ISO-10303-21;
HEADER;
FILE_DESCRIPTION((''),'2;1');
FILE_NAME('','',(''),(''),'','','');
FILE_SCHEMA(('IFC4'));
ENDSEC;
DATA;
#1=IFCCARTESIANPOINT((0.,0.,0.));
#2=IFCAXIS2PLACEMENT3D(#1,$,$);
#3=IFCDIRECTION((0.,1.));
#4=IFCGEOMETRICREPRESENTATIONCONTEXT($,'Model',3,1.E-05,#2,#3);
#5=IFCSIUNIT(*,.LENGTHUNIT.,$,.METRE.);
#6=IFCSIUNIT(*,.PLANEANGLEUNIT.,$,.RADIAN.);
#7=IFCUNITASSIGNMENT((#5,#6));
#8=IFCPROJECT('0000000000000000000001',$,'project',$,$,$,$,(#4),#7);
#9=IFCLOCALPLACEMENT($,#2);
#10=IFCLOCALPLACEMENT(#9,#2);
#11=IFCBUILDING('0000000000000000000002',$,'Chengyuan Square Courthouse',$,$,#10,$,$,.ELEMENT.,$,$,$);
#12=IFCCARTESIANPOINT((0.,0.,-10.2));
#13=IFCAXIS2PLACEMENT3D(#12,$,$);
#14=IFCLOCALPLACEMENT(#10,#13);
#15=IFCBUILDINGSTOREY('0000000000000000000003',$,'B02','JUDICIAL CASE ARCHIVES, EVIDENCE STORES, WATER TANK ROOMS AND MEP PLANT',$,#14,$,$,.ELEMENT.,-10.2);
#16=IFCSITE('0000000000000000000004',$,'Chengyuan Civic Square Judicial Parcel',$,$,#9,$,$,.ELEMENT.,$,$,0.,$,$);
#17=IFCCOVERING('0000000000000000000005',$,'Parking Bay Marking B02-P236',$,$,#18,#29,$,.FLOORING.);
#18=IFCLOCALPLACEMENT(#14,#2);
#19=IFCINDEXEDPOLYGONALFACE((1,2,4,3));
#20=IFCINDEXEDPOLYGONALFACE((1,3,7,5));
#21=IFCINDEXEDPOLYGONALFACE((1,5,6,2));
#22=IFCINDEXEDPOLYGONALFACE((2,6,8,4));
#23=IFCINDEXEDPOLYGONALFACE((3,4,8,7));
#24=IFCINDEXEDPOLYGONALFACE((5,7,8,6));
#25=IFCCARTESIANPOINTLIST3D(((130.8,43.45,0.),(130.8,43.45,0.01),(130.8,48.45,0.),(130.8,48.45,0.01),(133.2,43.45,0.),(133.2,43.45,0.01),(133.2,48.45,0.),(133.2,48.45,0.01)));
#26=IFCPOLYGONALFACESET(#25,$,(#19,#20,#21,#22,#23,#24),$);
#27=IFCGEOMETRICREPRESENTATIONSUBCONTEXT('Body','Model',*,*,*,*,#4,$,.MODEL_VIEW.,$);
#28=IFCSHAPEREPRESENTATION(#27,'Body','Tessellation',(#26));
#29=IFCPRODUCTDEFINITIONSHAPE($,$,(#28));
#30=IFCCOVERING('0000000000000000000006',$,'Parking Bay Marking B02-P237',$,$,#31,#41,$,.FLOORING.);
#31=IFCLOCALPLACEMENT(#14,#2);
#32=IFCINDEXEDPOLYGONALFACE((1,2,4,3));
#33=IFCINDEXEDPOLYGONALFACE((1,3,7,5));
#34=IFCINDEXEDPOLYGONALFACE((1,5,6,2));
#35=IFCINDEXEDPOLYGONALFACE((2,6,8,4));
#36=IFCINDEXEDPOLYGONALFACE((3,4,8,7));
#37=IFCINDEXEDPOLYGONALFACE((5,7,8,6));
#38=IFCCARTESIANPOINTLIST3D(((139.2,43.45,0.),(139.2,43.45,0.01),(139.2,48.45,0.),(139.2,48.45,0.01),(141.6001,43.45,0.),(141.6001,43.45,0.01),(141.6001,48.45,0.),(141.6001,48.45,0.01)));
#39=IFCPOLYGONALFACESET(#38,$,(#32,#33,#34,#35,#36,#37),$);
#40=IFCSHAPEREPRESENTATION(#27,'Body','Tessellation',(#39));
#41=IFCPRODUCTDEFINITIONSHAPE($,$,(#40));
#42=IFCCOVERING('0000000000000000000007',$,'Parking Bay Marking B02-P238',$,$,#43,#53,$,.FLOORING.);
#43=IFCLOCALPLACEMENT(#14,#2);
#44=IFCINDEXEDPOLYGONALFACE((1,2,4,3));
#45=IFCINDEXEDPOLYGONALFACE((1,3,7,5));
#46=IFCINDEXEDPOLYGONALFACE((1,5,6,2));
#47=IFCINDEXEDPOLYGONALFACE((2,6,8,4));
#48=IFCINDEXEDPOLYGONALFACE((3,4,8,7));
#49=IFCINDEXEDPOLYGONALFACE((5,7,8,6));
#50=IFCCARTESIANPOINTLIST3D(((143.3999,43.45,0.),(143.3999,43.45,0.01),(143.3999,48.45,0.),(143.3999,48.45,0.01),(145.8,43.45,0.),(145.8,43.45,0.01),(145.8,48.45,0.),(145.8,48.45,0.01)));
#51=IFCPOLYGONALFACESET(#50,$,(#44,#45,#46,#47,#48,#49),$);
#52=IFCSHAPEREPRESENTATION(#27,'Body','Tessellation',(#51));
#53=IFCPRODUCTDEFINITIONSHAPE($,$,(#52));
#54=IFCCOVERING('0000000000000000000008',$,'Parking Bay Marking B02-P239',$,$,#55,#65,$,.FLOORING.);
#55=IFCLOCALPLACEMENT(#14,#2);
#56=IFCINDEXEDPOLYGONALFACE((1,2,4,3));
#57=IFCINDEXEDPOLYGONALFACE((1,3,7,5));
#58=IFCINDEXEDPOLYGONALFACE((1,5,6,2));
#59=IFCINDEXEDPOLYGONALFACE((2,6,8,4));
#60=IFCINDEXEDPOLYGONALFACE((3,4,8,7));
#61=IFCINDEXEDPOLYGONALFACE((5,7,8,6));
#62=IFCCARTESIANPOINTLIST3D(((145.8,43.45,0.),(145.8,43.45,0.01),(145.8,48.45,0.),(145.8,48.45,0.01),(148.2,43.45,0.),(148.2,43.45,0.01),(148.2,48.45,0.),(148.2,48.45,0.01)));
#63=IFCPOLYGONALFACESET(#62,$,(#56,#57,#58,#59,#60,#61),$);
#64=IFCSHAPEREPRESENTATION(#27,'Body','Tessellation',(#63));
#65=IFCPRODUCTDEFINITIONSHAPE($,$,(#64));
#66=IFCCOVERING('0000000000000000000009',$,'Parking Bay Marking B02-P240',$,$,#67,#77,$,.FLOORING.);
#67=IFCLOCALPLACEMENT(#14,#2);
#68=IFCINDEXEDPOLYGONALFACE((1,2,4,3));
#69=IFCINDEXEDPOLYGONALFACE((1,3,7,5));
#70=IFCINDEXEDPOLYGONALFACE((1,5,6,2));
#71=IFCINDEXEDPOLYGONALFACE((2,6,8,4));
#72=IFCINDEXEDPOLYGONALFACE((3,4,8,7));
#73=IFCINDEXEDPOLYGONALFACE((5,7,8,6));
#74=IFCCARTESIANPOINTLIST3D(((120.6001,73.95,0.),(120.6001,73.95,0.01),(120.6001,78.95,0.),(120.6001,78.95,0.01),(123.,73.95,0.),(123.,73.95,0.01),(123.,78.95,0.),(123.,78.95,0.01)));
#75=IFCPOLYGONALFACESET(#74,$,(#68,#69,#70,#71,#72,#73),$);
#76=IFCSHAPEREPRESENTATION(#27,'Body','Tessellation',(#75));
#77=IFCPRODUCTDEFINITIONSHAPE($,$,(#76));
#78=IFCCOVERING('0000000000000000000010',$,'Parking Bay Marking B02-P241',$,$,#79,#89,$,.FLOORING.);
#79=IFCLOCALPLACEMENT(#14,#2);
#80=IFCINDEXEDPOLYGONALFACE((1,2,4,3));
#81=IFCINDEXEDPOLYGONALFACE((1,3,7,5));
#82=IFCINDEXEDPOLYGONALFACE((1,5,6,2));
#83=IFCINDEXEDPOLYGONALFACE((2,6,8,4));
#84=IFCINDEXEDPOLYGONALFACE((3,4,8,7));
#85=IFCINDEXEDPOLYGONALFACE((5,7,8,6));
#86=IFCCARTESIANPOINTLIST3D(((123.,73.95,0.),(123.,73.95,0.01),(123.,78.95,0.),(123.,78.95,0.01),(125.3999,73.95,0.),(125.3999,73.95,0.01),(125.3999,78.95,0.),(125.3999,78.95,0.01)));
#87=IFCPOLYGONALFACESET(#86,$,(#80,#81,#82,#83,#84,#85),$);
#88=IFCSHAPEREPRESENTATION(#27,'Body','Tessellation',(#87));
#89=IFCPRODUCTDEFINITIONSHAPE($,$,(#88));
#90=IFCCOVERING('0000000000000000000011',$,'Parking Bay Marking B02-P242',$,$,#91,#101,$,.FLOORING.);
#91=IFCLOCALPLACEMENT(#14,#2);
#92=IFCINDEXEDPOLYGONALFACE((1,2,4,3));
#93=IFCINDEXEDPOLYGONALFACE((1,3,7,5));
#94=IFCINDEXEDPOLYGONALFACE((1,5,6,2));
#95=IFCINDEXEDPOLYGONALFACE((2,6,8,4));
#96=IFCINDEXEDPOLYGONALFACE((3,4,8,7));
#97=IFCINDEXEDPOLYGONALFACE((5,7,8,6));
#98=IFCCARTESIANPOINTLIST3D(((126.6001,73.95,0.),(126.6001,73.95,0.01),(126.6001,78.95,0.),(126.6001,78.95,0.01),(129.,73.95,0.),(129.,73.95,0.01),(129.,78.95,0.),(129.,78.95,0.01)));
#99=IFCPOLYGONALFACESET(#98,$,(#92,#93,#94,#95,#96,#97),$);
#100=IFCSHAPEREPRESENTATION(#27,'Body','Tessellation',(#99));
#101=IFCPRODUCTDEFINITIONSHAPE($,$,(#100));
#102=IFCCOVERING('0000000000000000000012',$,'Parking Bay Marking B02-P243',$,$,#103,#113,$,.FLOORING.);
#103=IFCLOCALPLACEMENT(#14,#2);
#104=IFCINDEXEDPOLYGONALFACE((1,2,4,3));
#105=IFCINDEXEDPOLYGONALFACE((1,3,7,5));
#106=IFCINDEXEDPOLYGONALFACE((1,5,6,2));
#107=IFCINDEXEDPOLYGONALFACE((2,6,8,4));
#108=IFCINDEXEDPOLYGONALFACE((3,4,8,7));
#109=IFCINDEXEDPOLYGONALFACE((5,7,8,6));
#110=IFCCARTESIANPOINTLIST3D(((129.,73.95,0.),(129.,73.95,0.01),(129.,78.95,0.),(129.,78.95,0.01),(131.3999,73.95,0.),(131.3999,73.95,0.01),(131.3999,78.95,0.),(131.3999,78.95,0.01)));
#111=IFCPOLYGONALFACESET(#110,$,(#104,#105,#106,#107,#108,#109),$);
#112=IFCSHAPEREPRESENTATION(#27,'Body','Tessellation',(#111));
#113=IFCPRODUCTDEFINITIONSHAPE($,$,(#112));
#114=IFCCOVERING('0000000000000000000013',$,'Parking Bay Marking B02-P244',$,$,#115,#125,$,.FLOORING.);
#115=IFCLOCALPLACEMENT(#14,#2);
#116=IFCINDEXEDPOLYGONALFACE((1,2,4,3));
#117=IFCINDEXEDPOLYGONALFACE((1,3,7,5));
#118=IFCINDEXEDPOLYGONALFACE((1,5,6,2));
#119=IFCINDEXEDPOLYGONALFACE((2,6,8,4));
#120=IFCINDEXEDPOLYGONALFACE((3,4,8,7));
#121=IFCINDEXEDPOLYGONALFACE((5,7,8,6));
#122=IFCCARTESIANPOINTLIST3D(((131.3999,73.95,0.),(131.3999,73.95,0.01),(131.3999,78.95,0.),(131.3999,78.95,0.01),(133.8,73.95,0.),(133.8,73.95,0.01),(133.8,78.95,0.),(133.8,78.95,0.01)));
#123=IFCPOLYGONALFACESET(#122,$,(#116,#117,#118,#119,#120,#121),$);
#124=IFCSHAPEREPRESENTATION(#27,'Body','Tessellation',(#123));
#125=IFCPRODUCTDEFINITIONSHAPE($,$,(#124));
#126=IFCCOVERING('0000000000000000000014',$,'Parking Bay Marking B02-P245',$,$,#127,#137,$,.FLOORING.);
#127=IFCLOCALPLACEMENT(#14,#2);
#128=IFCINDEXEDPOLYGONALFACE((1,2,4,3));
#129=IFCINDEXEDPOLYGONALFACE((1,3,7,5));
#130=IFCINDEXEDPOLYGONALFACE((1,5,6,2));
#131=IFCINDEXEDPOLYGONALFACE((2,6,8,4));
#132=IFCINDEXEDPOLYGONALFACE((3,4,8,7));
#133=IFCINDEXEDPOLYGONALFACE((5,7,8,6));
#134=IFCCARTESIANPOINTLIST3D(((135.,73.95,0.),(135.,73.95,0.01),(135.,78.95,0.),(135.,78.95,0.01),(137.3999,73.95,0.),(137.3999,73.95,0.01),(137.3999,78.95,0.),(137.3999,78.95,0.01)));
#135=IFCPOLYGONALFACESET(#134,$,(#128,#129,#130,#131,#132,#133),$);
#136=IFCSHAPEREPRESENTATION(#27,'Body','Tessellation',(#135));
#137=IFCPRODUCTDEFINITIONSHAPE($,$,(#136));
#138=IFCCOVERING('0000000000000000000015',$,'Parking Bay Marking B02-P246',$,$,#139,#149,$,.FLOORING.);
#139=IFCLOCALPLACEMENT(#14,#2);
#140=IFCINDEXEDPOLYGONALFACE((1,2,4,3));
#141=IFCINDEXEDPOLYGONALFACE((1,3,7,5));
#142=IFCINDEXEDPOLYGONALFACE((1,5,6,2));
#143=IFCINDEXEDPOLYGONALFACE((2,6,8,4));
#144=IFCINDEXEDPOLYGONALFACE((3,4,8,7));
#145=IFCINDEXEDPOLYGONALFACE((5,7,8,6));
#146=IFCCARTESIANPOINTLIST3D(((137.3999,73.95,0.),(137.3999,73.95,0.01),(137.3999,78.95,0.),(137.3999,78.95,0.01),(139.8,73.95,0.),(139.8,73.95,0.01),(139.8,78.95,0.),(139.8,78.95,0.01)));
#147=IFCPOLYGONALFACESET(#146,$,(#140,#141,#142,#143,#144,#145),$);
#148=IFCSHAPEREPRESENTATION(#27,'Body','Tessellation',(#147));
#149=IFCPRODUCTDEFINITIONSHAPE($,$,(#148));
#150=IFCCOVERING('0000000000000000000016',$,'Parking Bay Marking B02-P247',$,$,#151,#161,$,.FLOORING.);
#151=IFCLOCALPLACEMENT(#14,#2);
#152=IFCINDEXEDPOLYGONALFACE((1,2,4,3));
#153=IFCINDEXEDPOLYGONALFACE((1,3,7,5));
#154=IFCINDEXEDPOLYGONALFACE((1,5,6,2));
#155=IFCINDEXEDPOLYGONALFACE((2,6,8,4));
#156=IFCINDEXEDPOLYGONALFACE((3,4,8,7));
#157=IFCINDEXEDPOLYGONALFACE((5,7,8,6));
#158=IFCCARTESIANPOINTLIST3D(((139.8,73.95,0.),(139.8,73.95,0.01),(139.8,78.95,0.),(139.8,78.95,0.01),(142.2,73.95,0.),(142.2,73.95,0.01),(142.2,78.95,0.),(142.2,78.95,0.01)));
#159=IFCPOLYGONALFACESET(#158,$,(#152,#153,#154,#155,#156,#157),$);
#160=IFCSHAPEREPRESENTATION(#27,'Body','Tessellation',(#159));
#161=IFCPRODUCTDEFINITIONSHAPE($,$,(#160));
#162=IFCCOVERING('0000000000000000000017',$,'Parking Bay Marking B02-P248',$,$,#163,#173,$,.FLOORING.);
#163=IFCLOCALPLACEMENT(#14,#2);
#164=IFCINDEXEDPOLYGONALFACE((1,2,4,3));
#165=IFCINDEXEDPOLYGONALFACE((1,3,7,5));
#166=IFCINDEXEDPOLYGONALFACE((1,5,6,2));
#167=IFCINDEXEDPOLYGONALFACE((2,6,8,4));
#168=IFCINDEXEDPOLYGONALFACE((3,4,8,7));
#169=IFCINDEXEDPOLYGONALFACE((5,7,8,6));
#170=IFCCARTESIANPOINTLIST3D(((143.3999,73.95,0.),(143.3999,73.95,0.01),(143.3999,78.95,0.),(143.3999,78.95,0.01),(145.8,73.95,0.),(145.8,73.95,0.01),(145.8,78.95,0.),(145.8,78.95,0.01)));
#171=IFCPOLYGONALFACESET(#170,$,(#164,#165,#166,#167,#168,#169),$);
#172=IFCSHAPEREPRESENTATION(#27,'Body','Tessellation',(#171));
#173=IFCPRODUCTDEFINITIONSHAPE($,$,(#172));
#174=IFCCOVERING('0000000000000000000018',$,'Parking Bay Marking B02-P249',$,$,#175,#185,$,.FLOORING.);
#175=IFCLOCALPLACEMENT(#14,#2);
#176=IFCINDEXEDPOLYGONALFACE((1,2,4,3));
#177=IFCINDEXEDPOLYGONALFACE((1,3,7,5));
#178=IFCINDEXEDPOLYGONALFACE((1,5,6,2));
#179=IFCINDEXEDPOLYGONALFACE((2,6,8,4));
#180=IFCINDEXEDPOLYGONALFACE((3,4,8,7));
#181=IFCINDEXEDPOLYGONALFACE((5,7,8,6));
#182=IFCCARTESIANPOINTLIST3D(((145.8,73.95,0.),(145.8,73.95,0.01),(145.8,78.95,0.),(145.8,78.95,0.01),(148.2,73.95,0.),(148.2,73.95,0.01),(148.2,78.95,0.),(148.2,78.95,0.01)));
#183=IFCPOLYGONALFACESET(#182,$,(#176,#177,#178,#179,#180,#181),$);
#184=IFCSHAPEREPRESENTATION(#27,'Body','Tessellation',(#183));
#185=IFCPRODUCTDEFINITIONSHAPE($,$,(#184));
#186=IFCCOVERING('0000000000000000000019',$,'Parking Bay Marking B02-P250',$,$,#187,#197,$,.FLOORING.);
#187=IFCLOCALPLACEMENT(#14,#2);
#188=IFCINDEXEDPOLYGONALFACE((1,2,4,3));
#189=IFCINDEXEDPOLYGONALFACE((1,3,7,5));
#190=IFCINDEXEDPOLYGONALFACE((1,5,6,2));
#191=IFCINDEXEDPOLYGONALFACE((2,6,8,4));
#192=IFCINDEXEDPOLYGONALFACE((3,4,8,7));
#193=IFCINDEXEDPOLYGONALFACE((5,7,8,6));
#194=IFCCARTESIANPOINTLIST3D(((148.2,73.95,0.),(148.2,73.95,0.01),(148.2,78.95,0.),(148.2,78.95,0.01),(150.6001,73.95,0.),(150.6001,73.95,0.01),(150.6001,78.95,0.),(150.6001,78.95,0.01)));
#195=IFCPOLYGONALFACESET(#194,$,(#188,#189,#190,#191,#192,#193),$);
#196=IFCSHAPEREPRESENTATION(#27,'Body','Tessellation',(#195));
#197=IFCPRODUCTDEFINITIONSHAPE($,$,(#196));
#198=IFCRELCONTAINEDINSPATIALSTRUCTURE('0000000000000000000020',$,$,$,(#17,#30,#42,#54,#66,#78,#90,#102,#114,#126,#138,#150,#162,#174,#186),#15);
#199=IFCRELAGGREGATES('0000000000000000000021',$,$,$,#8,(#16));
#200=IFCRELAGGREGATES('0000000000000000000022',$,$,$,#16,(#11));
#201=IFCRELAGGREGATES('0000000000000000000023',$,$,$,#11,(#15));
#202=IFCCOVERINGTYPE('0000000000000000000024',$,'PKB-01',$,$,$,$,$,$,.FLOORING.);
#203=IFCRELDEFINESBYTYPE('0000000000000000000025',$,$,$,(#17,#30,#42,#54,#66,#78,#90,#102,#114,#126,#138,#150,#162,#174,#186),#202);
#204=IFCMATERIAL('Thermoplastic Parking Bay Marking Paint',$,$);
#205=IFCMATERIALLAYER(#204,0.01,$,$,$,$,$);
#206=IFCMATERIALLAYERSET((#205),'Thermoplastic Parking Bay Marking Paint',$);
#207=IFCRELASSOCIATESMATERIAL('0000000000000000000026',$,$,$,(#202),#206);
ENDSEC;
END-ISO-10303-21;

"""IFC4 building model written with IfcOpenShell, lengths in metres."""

from ifc_helpers import new_model, si_unit, direction, frame, origin, place, context, subcontext, project, spatial, polyline, outline, extrude, material, layer, layer_set, type_object, element, save


model = new_model("IFC4")

# Units and contexts
model_context = context("Model", 3, precision=1e-05, world=origin(), true_north=direction((0.0, 1.0)))
body_context = subcontext(model_context, "Body", "Model", "MODEL_VIEW")
ifc_project = project(units=[si_unit("LENGTHUNIT", "METRE"), si_unit("PLANEANGLEUNIT", "RADIAN")], contexts=[model_context])

# Site, building, storey
site_placement = place(None, origin())
site = spatial("IfcSite", under=ifc_project, at=site_placement, Name="Chengyuan Civic Square Judicial Parcel", CompositionType="ELEMENT", RefElevation=0.0)
building_placement = place(site_placement, origin())
building = spatial("IfcBuilding", under=site, at=building_placement, Name="Chengyuan Square Courthouse", CompositionType="ELEMENT")
storey_placement = place(building_placement, frame((0.0, 0.0, -10.2)))
storey = spatial("IfcBuildingStorey", under=building, at=storey_placement, Name="B02", Description="JUDICIAL CASE ARCHIVES, EVIDENCE STORES, WATER TANK ROOMS AND MEP PLANT", CompositionType="ELEMENT", Elevation=-10.2)

# Coverings
ifc_material_1 = material(Name="Thermoplastic Parking Bay Marking Paint")
ifc_layer_1 = layer(ifc_material_1, 0.01)
ifc_layer_set_1 = layer_set([ifc_layer_1], Name="Thermoplastic Parking Bay Marking Paint")
covering_type_1 = type_object("IfcCoveringType", Name="PKB-01", PredefinedType="FLOORING", material=ifc_layer_set_1)
covering_1_placement = place(storey_placement, origin())
element("IfcCovering", 1, at=covering_1_placement, inside=storey, type_object=covering_type_1, Name="Parking Bay Marking B02-P236", PredefinedType="FLOORING", context=body_context, shape_type="SweptSolid", body=[
    extrude(outline(polyline([(130.8, 43.45), (133.2, 43.45), (133.2, 48.45), (130.8, 48.45), (130.8, 43.45)])), origin(), (0.0, 0.0, 1.0), 0.01),
])
covering_2_placement = place(storey_placement, origin())
element("IfcCovering", 2, at=covering_2_placement, inside=storey, type_object=covering_type_1, Name="Parking Bay Marking B02-P237", PredefinedType="FLOORING", context=body_context, shape_type="SweptSolid", body=[
    extrude(outline(polyline([(139.2, 43.45), (141.6001, 43.45), (141.6001, 48.45), (139.2, 48.45), (139.2, 43.45)])), origin(), (0.0, 0.0, 1.0), 0.01),
])
covering_3_placement = place(storey_placement, origin())
element("IfcCovering", 3, at=covering_3_placement, inside=storey, type_object=covering_type_1, Name="Parking Bay Marking B02-P238", PredefinedType="FLOORING", context=body_context, shape_type="SweptSolid", body=[
    extrude(outline(polyline([(143.3999, 43.45), (145.8, 43.45), (145.8, 48.45), (143.3999, 48.45), (143.3999, 43.45)])), origin(), (0.0, 0.0, 1.0), 0.01),
])
covering_4_placement = place(storey_placement, origin())
element("IfcCovering", 4, at=covering_4_placement, inside=storey, type_object=covering_type_1, Name="Parking Bay Marking B02-P239", PredefinedType="FLOORING", context=body_context, shape_type="SweptSolid", body=[
    extrude(outline(polyline([(145.8, 43.45), (148.2, 43.45), (148.2, 48.45), (145.8, 48.45), (145.8, 43.45)])), origin(), (0.0, 0.0, 1.0), 0.01),
])
covering_5_placement = place(storey_placement, origin())
element("IfcCovering", 5, at=covering_5_placement, inside=storey, type_object=covering_type_1, Name="Parking Bay Marking B02-P240", PredefinedType="FLOORING", context=body_context, shape_type="SweptSolid", body=[
    extrude(outline(polyline([(120.6001, 73.95), (123.0, 73.95), (123.0, 78.95), (120.6001, 78.95), (120.6001, 73.95)])), origin(), (0.0, 0.0, 1.0), 0.01),
])
covering_6_placement = place(storey_placement, origin())
element("IfcCovering", 6, at=covering_6_placement, inside=storey, type_object=covering_type_1, Name="Parking Bay Marking B02-P241", PredefinedType="FLOORING", context=body_context, shape_type="SweptSolid", body=[
    extrude(outline(polyline([(123.0, 73.95), (125.3999, 73.95), (125.3999, 78.95), (123.0, 78.95), (123.0, 73.95)])), origin(), (0.0, 0.0, 1.0), 0.01),
])
covering_7_placement = place(storey_placement, origin())
element("IfcCovering", 7, at=covering_7_placement, inside=storey, type_object=covering_type_1, Name="Parking Bay Marking B02-P242", PredefinedType="FLOORING", context=body_context, shape_type="SweptSolid", body=[
    extrude(outline(polyline([(126.6001, 73.95), (129.0, 73.95), (129.0, 78.95), (126.6001, 78.95), (126.6001, 73.95)])), origin(), (0.0, 0.0, 1.0), 0.01),
])
covering_8_placement = place(storey_placement, origin())
element("IfcCovering", 8, at=covering_8_placement, inside=storey, type_object=covering_type_1, Name="Parking Bay Marking B02-P243", PredefinedType="FLOORING", context=body_context, shape_type="SweptSolid", body=[
    extrude(outline(polyline([(129.0, 73.95), (131.3999, 73.95), (131.3999, 78.95), (129.0, 78.95), (129.0, 73.95)])), origin(), (0.0, 0.0, 1.0), 0.01),
])
covering_9_placement = place(storey_placement, origin())
element("IfcCovering", 9, at=covering_9_placement, inside=storey, type_object=covering_type_1, Name="Parking Bay Marking B02-P244", PredefinedType="FLOORING", context=body_context, shape_type="SweptSolid", body=[
    extrude(outline(polyline([(131.3999, 73.95), (133.8, 73.95), (133.8, 78.95), (131.3999, 78.95), (131.3999, 73.95)])), origin(), (0.0, 0.0, 1.0), 0.01),
])
covering_10_placement = place(storey_placement, origin())
element("IfcCovering", 10, at=covering_10_placement, inside=storey, type_object=covering_type_1, Name="Parking Bay Marking B02-P245", PredefinedType="FLOORING", context=body_context, shape_type="SweptSolid", body=[
    extrude(outline(polyline([(135.0, 73.95), (137.3999, 73.95), (137.3999, 78.95), (135.0, 78.95), (135.0, 73.95)])), origin(), (0.0, 0.0, 1.0), 0.01),
])
covering_11_placement = place(storey_placement, origin())
element("IfcCovering", 11, at=covering_11_placement, inside=storey, type_object=covering_type_1, Name="Parking Bay Marking B02-P246", PredefinedType="FLOORING", context=body_context, shape_type="SweptSolid", body=[
    extrude(outline(polyline([(137.3999, 73.95), (139.8, 73.95), (139.8, 78.95), (137.3999, 78.95), (137.3999, 73.95)])), origin(), (0.0, 0.0, 1.0), 0.01),
])
covering_12_placement = place(storey_placement, origin())
element("IfcCovering", 12, at=covering_12_placement, inside=storey, type_object=covering_type_1, Name="Parking Bay Marking B02-P247", PredefinedType="FLOORING", context=body_context, shape_type="SweptSolid", body=[
    extrude(outline(polyline([(139.8, 73.95), (142.2, 73.95), (142.2, 78.95), (139.8, 78.95), (139.8, 73.95)])), origin(), (0.0, 0.0, 1.0), 0.01),
])
covering_13_placement = place(storey_placement, origin())
element("IfcCovering", 13, at=covering_13_placement, inside=storey, type_object=covering_type_1, Name="Parking Bay Marking B02-P248", PredefinedType="FLOORING", context=body_context, shape_type="SweptSolid", body=[
    extrude(outline(polyline([(143.3999, 73.95), (145.8, 73.95), (145.8, 78.95), (143.3999, 78.95), (143.3999, 73.95)])), origin(), (0.0, 0.0, 1.0), 0.01),
])
covering_14_placement = place(storey_placement, origin())
element("IfcCovering", 14, at=covering_14_placement, inside=storey, type_object=covering_type_1, Name="Parking Bay Marking B02-P249", PredefinedType="FLOORING", context=body_context, shape_type="SweptSolid", body=[
    extrude(outline(polyline([(145.8, 73.95), (148.2, 73.95), (148.2, 78.95), (145.8, 78.95), (145.8, 73.95)])), origin(), (0.0, 0.0, 1.0), 0.01),
])
covering_15_placement = place(storey_placement, origin())
element("IfcCovering", 15, at=covering_15_placement, inside=storey, type_object=covering_type_1, Name="Parking Bay Marking B02-P250", PredefinedType="FLOORING", context=body_context, shape_type="SweptSolid", body=[
    extrude(outline(polyline([(148.2, 73.95), (150.6001, 73.95), (150.6001, 78.95), (148.2, 78.95), (148.2, 73.95)])), origin(), (0.0, 0.0, 1.0), 0.01),
])

save(model, "model.ifc")
